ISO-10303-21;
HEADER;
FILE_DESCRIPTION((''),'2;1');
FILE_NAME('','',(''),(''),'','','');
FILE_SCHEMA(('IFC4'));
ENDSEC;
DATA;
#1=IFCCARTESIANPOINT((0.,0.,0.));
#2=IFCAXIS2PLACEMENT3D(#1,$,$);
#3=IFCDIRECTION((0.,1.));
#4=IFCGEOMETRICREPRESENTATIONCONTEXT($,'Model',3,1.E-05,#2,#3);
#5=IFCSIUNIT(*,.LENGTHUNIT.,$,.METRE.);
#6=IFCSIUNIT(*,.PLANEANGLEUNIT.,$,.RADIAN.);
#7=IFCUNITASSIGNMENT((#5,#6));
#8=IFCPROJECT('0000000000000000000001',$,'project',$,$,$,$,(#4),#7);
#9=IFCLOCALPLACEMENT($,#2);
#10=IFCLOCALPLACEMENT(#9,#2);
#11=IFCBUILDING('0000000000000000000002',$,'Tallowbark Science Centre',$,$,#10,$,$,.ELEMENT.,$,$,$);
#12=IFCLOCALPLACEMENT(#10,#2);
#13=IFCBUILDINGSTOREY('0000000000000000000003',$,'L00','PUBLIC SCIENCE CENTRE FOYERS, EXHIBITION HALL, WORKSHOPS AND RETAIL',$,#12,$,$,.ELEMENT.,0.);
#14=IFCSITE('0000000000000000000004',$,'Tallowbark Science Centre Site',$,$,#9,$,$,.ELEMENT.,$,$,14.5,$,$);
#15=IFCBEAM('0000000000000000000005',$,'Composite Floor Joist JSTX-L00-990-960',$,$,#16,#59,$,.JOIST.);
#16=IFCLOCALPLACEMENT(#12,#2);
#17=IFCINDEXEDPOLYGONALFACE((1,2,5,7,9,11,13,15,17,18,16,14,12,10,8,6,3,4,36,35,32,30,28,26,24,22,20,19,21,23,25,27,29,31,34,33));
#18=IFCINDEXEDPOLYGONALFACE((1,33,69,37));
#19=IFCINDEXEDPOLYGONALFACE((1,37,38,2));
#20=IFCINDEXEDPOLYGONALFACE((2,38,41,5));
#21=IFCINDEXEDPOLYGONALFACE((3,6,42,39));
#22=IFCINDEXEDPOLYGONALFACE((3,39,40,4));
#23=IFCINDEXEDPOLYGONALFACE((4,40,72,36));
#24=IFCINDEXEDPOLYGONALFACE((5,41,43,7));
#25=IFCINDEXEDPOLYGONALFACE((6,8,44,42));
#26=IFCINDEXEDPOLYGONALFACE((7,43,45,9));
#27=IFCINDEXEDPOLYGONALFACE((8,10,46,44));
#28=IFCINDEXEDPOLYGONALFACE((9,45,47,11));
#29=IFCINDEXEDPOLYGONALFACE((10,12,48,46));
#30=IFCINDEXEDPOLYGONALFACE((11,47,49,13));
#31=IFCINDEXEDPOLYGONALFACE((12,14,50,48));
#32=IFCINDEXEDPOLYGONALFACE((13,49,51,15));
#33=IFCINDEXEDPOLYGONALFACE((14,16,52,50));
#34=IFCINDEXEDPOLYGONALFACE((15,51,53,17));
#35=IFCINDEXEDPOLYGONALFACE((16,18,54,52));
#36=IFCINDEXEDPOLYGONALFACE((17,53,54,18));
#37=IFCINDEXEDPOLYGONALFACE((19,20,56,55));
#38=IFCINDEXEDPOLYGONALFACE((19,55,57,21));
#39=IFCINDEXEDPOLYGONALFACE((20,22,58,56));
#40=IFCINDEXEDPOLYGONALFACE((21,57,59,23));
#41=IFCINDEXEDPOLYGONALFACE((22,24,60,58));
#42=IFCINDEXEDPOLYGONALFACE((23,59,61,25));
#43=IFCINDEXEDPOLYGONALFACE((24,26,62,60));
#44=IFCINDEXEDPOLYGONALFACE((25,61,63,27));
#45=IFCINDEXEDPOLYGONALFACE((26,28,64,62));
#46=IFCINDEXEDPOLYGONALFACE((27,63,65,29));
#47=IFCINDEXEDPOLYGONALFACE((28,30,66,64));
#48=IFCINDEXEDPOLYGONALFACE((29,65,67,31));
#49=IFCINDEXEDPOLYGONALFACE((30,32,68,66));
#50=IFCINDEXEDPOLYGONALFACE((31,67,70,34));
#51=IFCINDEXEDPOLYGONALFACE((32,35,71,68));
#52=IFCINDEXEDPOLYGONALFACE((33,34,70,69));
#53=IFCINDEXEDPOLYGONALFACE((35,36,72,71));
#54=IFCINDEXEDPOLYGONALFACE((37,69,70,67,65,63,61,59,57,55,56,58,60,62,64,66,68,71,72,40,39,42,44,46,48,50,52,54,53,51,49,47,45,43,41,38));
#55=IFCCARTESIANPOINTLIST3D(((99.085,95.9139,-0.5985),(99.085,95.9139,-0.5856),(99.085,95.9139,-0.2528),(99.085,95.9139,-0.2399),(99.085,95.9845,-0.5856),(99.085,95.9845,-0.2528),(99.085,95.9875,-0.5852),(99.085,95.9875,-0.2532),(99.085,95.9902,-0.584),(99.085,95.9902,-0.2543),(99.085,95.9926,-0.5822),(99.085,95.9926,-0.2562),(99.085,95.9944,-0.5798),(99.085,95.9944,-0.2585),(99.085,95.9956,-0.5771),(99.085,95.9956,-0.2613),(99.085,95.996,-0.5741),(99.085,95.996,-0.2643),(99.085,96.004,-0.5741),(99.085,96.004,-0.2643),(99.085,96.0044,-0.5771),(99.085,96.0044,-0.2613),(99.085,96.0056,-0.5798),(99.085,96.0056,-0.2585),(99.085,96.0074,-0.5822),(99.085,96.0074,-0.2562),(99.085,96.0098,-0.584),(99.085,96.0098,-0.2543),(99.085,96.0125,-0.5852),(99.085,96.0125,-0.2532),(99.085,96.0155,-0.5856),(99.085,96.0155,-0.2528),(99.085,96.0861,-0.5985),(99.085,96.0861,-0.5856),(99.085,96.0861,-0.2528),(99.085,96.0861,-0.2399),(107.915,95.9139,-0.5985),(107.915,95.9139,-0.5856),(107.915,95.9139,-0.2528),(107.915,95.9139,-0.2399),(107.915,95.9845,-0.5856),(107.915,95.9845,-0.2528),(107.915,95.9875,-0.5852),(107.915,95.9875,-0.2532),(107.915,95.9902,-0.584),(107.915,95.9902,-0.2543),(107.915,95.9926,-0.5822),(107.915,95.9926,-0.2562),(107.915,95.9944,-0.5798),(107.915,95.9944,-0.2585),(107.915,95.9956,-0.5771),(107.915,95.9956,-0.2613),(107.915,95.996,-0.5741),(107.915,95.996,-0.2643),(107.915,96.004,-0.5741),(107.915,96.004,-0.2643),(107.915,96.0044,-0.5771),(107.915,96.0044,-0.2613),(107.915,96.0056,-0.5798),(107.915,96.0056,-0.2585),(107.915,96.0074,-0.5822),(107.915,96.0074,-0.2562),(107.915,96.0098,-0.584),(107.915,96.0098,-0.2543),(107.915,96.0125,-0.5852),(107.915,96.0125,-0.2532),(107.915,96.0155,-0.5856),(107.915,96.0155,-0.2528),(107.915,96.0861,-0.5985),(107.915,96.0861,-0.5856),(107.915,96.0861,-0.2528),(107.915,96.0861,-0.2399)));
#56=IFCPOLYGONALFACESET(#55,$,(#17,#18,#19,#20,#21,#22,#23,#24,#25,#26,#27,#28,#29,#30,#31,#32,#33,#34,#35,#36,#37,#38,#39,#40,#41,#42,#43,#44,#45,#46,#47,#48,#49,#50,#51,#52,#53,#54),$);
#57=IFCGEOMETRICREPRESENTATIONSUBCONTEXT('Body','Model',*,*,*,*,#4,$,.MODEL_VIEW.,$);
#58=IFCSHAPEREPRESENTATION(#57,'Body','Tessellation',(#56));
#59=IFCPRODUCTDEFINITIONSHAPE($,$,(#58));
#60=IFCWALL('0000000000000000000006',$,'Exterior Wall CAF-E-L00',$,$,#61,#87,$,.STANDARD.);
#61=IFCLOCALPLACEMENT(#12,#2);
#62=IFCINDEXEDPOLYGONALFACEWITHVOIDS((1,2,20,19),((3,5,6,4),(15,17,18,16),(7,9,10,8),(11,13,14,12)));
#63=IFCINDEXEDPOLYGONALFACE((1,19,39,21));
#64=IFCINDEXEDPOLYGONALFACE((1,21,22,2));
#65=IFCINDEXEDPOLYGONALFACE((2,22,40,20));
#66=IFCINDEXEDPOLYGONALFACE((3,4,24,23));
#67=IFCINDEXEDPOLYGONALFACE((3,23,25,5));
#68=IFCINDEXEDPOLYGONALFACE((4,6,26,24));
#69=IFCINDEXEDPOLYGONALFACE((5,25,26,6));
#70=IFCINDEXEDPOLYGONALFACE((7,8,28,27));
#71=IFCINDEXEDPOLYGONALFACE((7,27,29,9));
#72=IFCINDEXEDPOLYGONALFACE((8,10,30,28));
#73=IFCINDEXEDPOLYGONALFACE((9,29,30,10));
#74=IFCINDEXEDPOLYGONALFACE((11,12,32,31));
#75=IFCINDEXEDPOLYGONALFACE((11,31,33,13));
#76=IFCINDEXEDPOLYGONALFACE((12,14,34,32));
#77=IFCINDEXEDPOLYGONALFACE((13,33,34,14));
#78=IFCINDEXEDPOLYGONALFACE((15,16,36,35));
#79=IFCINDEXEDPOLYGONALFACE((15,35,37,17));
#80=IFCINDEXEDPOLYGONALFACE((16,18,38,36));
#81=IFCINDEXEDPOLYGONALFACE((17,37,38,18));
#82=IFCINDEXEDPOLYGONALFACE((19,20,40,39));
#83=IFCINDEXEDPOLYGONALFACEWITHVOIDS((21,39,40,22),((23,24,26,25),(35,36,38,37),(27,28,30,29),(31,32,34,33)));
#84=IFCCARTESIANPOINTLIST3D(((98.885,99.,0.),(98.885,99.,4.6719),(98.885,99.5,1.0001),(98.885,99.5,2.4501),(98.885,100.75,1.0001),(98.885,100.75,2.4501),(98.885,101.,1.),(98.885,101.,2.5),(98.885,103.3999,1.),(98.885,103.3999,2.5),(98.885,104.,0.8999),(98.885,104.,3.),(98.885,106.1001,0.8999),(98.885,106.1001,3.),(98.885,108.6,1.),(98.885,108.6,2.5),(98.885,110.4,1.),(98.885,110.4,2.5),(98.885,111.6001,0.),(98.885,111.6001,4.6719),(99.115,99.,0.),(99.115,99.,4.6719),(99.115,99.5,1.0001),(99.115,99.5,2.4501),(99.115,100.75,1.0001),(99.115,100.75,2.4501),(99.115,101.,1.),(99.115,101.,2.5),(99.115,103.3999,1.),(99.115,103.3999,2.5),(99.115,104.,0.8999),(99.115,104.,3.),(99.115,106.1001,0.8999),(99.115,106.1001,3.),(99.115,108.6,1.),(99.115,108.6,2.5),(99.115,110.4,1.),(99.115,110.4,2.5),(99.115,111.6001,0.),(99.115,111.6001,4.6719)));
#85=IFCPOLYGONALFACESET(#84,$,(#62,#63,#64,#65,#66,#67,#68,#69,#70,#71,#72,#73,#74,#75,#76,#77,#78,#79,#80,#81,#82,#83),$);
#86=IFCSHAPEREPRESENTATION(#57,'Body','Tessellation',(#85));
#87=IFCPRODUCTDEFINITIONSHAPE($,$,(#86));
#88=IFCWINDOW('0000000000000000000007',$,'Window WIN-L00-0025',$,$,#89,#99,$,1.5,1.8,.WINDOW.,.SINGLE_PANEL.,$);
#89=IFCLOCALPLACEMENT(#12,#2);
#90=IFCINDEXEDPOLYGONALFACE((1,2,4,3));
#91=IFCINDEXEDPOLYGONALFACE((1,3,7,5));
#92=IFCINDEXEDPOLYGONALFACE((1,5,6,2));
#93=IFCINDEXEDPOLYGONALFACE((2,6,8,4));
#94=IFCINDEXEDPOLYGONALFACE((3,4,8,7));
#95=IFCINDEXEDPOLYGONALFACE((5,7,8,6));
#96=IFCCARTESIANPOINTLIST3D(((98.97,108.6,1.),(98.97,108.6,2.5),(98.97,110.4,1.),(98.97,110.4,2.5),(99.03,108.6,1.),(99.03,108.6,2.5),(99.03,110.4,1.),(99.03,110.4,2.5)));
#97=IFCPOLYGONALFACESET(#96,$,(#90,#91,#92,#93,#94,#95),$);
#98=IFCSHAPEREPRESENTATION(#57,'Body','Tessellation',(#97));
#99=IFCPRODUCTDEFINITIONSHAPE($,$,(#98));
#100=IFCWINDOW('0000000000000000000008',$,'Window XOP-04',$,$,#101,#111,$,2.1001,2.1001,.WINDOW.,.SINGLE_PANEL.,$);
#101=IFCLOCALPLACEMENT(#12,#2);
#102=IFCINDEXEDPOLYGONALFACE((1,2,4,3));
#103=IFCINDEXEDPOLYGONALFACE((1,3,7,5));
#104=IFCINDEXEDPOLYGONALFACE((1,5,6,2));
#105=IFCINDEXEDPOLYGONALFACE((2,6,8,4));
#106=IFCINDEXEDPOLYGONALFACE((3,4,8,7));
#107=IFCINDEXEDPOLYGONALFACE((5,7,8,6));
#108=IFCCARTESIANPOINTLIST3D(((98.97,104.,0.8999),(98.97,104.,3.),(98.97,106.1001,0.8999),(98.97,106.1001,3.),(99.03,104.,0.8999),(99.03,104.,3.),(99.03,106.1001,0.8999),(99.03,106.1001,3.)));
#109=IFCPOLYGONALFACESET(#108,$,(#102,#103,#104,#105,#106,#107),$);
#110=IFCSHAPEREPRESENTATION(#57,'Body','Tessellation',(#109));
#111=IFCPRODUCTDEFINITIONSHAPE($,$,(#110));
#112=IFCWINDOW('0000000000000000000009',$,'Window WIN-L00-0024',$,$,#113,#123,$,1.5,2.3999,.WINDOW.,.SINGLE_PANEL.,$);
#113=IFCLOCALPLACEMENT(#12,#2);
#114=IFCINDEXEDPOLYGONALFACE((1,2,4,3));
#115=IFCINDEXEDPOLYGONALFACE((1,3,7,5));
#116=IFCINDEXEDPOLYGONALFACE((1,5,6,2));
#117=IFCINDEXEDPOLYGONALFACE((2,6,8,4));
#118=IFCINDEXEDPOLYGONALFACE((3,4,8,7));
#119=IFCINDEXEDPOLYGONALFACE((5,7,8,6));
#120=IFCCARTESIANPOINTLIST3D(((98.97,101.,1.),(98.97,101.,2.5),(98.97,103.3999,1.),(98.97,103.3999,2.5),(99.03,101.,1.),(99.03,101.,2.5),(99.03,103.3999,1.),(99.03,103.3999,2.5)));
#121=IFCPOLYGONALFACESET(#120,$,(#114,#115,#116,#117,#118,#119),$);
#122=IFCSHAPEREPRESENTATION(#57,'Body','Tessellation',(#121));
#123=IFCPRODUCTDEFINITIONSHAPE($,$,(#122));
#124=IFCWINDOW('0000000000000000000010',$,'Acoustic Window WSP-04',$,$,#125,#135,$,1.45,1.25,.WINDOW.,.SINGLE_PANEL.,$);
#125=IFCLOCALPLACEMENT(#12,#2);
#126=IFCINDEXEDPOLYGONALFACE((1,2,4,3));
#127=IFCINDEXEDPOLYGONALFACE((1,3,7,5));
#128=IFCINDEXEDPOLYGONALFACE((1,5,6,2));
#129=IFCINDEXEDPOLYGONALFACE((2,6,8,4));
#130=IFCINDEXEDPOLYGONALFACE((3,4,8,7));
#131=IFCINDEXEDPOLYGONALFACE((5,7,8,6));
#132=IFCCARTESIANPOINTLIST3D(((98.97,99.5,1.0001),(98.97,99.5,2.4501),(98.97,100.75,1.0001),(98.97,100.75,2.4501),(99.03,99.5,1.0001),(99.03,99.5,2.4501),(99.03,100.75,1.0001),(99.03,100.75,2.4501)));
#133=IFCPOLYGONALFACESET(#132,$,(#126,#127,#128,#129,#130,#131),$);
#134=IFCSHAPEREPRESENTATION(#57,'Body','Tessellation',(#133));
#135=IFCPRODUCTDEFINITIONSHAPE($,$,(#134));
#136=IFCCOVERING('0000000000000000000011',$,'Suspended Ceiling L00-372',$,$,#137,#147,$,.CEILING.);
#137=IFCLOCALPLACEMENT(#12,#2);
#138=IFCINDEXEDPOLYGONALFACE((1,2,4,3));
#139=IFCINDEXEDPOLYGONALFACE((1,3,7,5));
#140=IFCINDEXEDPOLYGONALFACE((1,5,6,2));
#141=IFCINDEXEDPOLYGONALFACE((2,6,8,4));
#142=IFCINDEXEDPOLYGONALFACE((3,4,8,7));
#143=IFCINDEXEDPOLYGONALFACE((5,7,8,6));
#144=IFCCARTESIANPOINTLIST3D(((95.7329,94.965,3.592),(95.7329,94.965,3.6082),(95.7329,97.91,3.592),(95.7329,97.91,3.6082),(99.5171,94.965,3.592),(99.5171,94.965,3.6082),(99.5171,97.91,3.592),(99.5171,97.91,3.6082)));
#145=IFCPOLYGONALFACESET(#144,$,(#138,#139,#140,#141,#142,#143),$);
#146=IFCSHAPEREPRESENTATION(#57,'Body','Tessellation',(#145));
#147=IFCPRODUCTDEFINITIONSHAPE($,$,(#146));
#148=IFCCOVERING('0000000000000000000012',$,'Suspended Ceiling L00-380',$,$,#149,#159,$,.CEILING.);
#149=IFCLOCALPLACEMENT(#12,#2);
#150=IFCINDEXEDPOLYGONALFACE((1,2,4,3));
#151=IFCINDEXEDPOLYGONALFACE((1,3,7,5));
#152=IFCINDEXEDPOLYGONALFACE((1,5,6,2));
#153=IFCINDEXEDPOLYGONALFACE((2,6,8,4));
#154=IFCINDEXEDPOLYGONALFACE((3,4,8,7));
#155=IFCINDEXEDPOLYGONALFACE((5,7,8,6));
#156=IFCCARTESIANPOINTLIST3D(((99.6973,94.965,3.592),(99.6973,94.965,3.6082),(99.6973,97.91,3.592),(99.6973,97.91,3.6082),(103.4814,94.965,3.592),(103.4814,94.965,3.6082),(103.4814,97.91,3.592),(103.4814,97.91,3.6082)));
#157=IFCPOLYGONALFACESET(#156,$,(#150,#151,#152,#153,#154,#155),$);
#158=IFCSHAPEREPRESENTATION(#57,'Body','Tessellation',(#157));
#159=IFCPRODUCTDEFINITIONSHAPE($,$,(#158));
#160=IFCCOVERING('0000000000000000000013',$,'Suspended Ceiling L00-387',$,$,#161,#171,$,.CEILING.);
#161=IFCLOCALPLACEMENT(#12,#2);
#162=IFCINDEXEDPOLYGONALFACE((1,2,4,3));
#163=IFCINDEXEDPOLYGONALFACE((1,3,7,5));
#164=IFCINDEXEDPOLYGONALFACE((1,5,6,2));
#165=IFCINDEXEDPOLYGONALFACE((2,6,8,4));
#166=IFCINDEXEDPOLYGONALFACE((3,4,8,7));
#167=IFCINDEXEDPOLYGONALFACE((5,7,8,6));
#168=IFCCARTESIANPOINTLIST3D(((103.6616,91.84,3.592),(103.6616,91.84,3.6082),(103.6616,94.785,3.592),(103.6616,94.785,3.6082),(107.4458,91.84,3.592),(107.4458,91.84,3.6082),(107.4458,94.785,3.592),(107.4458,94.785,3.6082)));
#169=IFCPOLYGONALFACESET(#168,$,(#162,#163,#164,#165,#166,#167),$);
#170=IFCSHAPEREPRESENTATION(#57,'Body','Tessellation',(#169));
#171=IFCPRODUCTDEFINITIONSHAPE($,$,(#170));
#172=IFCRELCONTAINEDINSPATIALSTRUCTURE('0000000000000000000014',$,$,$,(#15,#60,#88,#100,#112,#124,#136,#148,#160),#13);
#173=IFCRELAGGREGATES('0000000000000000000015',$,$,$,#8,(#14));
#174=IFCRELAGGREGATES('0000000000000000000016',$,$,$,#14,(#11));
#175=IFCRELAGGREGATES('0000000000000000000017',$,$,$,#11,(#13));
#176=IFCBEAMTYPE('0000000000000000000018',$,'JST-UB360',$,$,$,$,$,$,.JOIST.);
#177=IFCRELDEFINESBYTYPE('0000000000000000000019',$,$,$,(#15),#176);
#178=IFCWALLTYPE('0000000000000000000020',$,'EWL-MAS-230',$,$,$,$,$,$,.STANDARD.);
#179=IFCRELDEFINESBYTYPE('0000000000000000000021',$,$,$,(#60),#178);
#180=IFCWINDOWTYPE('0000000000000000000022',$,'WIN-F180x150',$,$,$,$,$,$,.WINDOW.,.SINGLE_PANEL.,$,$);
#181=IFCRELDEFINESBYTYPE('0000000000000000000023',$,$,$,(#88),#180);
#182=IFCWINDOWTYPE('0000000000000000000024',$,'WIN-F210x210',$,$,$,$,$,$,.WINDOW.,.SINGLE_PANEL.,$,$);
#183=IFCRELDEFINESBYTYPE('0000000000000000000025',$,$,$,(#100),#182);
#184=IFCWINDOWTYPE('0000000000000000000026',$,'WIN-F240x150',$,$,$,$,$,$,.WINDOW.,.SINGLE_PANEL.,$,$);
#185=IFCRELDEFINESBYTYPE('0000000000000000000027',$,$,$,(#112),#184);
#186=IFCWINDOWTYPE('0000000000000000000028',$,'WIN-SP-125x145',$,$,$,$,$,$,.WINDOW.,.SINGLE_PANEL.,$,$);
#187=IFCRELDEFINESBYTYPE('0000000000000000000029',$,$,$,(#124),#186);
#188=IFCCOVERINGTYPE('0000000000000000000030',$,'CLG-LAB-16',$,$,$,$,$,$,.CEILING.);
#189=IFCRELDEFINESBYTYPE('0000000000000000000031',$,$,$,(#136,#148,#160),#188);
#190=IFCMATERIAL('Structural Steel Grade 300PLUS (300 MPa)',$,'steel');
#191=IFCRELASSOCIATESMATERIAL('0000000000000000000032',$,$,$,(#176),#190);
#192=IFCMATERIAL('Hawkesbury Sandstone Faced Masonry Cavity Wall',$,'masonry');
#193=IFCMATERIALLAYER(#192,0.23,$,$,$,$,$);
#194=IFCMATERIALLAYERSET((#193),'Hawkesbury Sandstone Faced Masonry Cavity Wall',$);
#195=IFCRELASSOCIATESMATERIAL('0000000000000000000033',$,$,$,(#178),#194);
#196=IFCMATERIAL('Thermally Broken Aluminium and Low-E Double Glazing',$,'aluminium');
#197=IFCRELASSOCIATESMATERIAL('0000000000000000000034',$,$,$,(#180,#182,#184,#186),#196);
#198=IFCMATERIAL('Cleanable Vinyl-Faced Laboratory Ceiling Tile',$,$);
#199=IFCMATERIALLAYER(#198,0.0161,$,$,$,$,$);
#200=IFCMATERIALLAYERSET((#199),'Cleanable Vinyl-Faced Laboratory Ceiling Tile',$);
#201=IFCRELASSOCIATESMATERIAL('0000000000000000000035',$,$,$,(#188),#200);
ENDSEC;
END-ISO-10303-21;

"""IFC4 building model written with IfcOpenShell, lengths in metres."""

from ifc_helpers import new_model, si_unit, direction, frame, frame_2d, origin, origin_2d, place, context, subcontext, project, spatial, rectangle, i_section, extrude, material, layer, layer_set, material_profile, profile_set, type_object, element, fill, save


model = new_model("IFC4")

# Units and contexts
model_context = context("Model", 3, precision=1e-05, world=origin(), true_north=direction((0.0, 1.0)))
body_context = subcontext(model_context, "Body", "Model", "MODEL_VIEW")
ifc_project = project(units=[si_unit("LENGTHUNIT", "METRE"), si_unit("PLANEANGLEUNIT", "RADIAN")], contexts=[model_context])

# Site, building, storey
site_placement = place(None, origin())
site = spatial("IfcSite", under=ifc_project, at=site_placement, Name="Tallowbark Science Centre Site", CompositionType="ELEMENT", RefElevation=14.5)
building_placement = place(site_placement, origin())
building = spatial("IfcBuilding", under=site, at=building_placement, Name="Tallowbark Science Centre", CompositionType="ELEMENT")
storey_placement = place(building_placement, origin())
storey = spatial("IfcBuildingStorey", under=building, at=storey_placement, Name="L00", Description="PUBLIC SCIENCE CENTRE FOYERS, EXHIBITION HALL, WORKSHOPS AND RETAIL", CompositionType="ELEMENT", Elevation=0.0)

# Shared definitions
ifc_material_1 = material(Name="Structural Steel Grade 300PLUS (300 MPa)", Category="steel")

# Beam
ifc_material_profile_1 = material_profile(ifc_material_1, i_section(OverallWidth=0.1721, OverallDepth=0.3586, WebThickness=0.0081, FlangeThickness=0.0129, FilletRadius=0.0115, at=origin_2d()), Name="360UB56.7")
ifc_profile_set_1 = profile_set([ifc_material_profile_1], Name="Structural Steel Grade 300PLUS (300 MPa)")
beam_type_1 = type_object("IfcBeamType", Name="JST-UB360", PredefinedType="JOIST", material=ifc_profile_set_1)
beam_1_placement = place(storey_placement, frame((99.085, 96.0, -0.4192), z_axis=(1.0, 0.0, 0.0), x_axis=(0.0, 1.0, 0.0)))
element("IfcBeam", 1, at=beam_1_placement, inside=storey, type_object=beam_type_1, Name="Composite Floor Joist JSTX-L00-990-960", PredefinedType="JOIST", context=body_context, shape_type="SweptSolid", body=[
    extrude(i_section(OverallWidth=0.1721, OverallDepth=0.3586, WebThickness=0.0081, FlangeThickness=0.0129, FilletRadius=0.0115, at=origin_2d()), origin(), (0.0, 0.0, 1.0), 8.8301),
])

# Wall, openings, windows
ifc_material_2 = material(Name="Hawkesbury Sandstone Faced Masonry Cavity Wall", Category="masonry")
ifc_layer_1 = layer(ifc_material_2, 0.23)
ifc_layer_set_1 = layer_set([ifc_layer_1], Name="Hawkesbury Sandstone Faced Masonry Cavity Wall")
wall_type = type_object("IfcWallType", Name="EWL-MAS-230", PredefinedType="STANDARD", material=ifc_layer_set_1)
wall_placement = place(storey_placement, frame((99.0, 99.0, 0.0), z_axis=(0.0, 0.0, 1.0), x_axis=(0.0, 1.0, 0.0)))
wall = element("IfcWall", 2, at=wall_placement, inside=storey, type_object=wall_type, Name="Exterior Wall CAF-E-L00", PredefinedType="STANDARD", context=body_context, shape_type="SweptSolid", body=[
    extrude(rectangle(XDim=12.6001, YDim=0.23, at=frame_2d((6.3, 0.0))), origin(), (0.0, 0.0, 1.0), 4.6719),
])
opening_1_placement = place(wall_placement, frame((2.0, 0.0, 1.0)))
opening_1 = element("IfcOpeningElement", 3, at=opening_1_placement, cuts=wall, PredefinedType="OPENING", context=body_context, shape_type="SweptSolid", body=[
    extrude(rectangle(XDim=2.3999, YDim=1.5, at=frame_2d((1.2, 0.75))), frame((0.0, 0.125, 0.0), z_axis=(0.0, -1.0, 0.0), x_axis=(1.0, 0.0, 0.0)), (0.0, 0.0, 1.0), 0.25),
])
opening_2_placement = place(wall_placement, frame((9.6001, 0.0, 1.0)))
opening_2 = element("IfcOpeningElement", 4, at=opening_2_placement, cuts=wall, PredefinedType="OPENING", context=body_context, shape_type="SweptSolid", body=[
    extrude(rectangle(XDim=1.8, YDim=1.5, at=frame_2d((0.8999, 0.75))), frame((0.0, 0.125, 0.0), z_axis=(0.0, -1.0, 0.0), x_axis=(1.0, 0.0, 0.0)), (0.0, 0.0, 1.0), 0.25),
])
opening_3_placement = place(wall_placement, frame((5.0, 0.0, 0.8999)))
opening_3 = element("IfcOpeningElement", 5, at=opening_3_placement, cuts=wall, PredefinedType="OPENING", context=body_context, shape_type="SweptSolid", body=[
    extrude(rectangle(XDim=2.1001, YDim=2.1001, at=frame_2d((1.05, 1.05))), frame((0.0, 0.125, 0.0), z_axis=(0.0, -1.0, 0.0), x_axis=(1.0, 0.0, 0.0)), (0.0, 0.0, 1.0), 0.25),
])
opening_4_placement = place(wall_placement, frame((0.5, 0.0, 1.0)))
opening_4 = element("IfcOpeningElement", 6, at=opening_4_placement, cuts=wall, PredefinedType="OPENING", context=body_context, shape_type="SweptSolid", body=[
    extrude(rectangle(XDim=1.25, YDim=1.45, at=frame_2d((0.625, 0.7251))), frame((0.0, 0.125, 0.0), z_axis=(0.0, -1.0, 0.0), x_axis=(1.0, 0.0, 0.0)), (0.0, 0.0, 1.0), 0.25),
])
ifc_material_3 = material(Name="Thermally Broken Aluminium and Low-E Double Glazing", Category="aluminium")
window_type_1 = type_object("IfcWindowType", Name="WIN-F180x150", PartitioningType="SINGLE_PANEL", PredefinedType="WINDOW", material=ifc_material_3)
window_1_placement = place(opening_2_placement, origin())
window_1 = element("IfcWindow", 7, at=window_1_placement, inside=storey, type_object=window_type_1, Name="Window WIN-L00-0025", OverallHeight=1.5, OverallWidth=1.8, PartitioningType="SINGLE_PANEL", PredefinedType="WINDOW", context=body_context, shape_type="SweptSolid", body=[
    extrude(rectangle(XDim=1.8, YDim=1.5, at=frame_2d((0.8999, 0.75))), frame((0.0, 0.03, 0.0), z_axis=(0.0, -1.0, 0.0), x_axis=(1.0, 0.0, 0.0)), (0.0, 0.0, 1.0), 0.0601),
])
fill(opening_2, window_1)
window_type_2 = type_object("IfcWindowType", Name="WIN-F210x210", PartitioningType="SINGLE_PANEL", PredefinedType="WINDOW", material=ifc_material_3)
window_2_placement = place(opening_3_placement, origin())
window_2 = element("IfcWindow", 8, at=window_2_placement, inside=storey, type_object=window_type_2, Name="Window XOP-04", OverallHeight=2.1001, OverallWidth=2.1001, PartitioningType="SINGLE_PANEL", PredefinedType="WINDOW", context=body_context, shape_type="SweptSolid", body=[
    extrude(rectangle(XDim=2.1001, YDim=2.1001, at=frame_2d((1.05, 1.05))), frame((0.0, 0.03, 0.0), z_axis=(0.0, -1.0, 0.0), x_axis=(1.0, 0.0, 0.0)), (0.0, 0.0, 1.0), 0.0601),
])
fill(opening_3, window_2)
window_type_3 = type_object("IfcWindowType", Name="WIN-F240x150", PartitioningType="SINGLE_PANEL", PredefinedType="WINDOW", material=ifc_material_3)
window_3_placement = place(opening_1_placement, origin())
window_3 = element("IfcWindow", 9, at=window_3_placement, inside=storey, type_object=window_type_3, Name="Window WIN-L00-0024", OverallHeight=1.5, OverallWidth=2.3999, PartitioningType="SINGLE_PANEL", PredefinedType="WINDOW", context=body_context, shape_type="SweptSolid", body=[
    extrude(rectangle(XDim=2.3999, YDim=1.5, at=frame_2d((1.2, 0.75))), frame((0.0, 0.03, 0.0), z_axis=(0.0, -1.0, 0.0), x_axis=(1.0, 0.0, 0.0)), (0.0, 0.0, 1.0), 0.0601),
])
fill(opening_1, window_3)
window_type_4 = type_object("IfcWindowType", Name="WIN-SP-125x145", PartitioningType="SINGLE_PANEL", PredefinedType="WINDOW", material=ifc_material_3)
window_4_placement = place(opening_4_placement, origin())
window_4 = element("IfcWindow", 10, at=window_4_placement, inside=storey, type_object=window_type_4, Name="Acoustic Window WSP-04", OverallHeight=1.45, OverallWidth=1.25, PartitioningType="SINGLE_PANEL", PredefinedType="WINDOW", context=body_context, shape_type="SweptSolid", body=[
    extrude(rectangle(XDim=1.25, YDim=1.45, at=frame_2d((0.625, 0.7251))), frame((0.0, 0.03, 0.0), z_axis=(0.0, -1.0, 0.0), x_axis=(1.0, 0.0, 0.0)), (0.0, 0.0, 1.0), 0.0601),
])
fill(opening_4, window_4)

# Coverings
ifc_material_4 = material(Name="Cleanable Vinyl-Faced Laboratory Ceiling Tile")
ifc_layer_2 = layer(ifc_material_4, 0.0161)
ifc_layer_set_2 = layer_set([ifc_layer_2], Name="Cleanable Vinyl-Faced Laboratory Ceiling Tile")
covering_type_1 = type_object("IfcCoveringType", Name="CLG-LAB-16", PredefinedType="CEILING", material=ifc_layer_set_2)
for number, where, z_axis, x_axis, name in (
    (11, (97.625, 96.4375, 3.592), (0.0, 0.0, 1.0), (1.0, 0.0, 0.0), "Suspended Ceiling L00-372"),
    (12, (101.5894, 96.4375, 3.592), (0.0, 0.0, 1.0), (1.0, 0.0, 0.0), "Suspended Ceiling L00-380"),
    (13, (105.5537, 93.3125, 3.592), (0.0, 0.0, 1.0), (1.0, 0.0, 0.0), "Suspended Ceiling L00-387"),
):
    element("IfcCovering", number, at=place(storey_placement, frame(where, z_axis=z_axis, x_axis=x_axis)), inside=storey, type_object=covering_type_1, Name=name, PredefinedType="CEILING", context=body_context, shape_type="SweptSolid", body=[
        extrude(rectangle(XDim=3.7842, YDim=2.9451, at=origin_2d()), origin(), (0.0, 0.0, 1.0), 0.0161),
    ])

save(model, "model.ifc")
